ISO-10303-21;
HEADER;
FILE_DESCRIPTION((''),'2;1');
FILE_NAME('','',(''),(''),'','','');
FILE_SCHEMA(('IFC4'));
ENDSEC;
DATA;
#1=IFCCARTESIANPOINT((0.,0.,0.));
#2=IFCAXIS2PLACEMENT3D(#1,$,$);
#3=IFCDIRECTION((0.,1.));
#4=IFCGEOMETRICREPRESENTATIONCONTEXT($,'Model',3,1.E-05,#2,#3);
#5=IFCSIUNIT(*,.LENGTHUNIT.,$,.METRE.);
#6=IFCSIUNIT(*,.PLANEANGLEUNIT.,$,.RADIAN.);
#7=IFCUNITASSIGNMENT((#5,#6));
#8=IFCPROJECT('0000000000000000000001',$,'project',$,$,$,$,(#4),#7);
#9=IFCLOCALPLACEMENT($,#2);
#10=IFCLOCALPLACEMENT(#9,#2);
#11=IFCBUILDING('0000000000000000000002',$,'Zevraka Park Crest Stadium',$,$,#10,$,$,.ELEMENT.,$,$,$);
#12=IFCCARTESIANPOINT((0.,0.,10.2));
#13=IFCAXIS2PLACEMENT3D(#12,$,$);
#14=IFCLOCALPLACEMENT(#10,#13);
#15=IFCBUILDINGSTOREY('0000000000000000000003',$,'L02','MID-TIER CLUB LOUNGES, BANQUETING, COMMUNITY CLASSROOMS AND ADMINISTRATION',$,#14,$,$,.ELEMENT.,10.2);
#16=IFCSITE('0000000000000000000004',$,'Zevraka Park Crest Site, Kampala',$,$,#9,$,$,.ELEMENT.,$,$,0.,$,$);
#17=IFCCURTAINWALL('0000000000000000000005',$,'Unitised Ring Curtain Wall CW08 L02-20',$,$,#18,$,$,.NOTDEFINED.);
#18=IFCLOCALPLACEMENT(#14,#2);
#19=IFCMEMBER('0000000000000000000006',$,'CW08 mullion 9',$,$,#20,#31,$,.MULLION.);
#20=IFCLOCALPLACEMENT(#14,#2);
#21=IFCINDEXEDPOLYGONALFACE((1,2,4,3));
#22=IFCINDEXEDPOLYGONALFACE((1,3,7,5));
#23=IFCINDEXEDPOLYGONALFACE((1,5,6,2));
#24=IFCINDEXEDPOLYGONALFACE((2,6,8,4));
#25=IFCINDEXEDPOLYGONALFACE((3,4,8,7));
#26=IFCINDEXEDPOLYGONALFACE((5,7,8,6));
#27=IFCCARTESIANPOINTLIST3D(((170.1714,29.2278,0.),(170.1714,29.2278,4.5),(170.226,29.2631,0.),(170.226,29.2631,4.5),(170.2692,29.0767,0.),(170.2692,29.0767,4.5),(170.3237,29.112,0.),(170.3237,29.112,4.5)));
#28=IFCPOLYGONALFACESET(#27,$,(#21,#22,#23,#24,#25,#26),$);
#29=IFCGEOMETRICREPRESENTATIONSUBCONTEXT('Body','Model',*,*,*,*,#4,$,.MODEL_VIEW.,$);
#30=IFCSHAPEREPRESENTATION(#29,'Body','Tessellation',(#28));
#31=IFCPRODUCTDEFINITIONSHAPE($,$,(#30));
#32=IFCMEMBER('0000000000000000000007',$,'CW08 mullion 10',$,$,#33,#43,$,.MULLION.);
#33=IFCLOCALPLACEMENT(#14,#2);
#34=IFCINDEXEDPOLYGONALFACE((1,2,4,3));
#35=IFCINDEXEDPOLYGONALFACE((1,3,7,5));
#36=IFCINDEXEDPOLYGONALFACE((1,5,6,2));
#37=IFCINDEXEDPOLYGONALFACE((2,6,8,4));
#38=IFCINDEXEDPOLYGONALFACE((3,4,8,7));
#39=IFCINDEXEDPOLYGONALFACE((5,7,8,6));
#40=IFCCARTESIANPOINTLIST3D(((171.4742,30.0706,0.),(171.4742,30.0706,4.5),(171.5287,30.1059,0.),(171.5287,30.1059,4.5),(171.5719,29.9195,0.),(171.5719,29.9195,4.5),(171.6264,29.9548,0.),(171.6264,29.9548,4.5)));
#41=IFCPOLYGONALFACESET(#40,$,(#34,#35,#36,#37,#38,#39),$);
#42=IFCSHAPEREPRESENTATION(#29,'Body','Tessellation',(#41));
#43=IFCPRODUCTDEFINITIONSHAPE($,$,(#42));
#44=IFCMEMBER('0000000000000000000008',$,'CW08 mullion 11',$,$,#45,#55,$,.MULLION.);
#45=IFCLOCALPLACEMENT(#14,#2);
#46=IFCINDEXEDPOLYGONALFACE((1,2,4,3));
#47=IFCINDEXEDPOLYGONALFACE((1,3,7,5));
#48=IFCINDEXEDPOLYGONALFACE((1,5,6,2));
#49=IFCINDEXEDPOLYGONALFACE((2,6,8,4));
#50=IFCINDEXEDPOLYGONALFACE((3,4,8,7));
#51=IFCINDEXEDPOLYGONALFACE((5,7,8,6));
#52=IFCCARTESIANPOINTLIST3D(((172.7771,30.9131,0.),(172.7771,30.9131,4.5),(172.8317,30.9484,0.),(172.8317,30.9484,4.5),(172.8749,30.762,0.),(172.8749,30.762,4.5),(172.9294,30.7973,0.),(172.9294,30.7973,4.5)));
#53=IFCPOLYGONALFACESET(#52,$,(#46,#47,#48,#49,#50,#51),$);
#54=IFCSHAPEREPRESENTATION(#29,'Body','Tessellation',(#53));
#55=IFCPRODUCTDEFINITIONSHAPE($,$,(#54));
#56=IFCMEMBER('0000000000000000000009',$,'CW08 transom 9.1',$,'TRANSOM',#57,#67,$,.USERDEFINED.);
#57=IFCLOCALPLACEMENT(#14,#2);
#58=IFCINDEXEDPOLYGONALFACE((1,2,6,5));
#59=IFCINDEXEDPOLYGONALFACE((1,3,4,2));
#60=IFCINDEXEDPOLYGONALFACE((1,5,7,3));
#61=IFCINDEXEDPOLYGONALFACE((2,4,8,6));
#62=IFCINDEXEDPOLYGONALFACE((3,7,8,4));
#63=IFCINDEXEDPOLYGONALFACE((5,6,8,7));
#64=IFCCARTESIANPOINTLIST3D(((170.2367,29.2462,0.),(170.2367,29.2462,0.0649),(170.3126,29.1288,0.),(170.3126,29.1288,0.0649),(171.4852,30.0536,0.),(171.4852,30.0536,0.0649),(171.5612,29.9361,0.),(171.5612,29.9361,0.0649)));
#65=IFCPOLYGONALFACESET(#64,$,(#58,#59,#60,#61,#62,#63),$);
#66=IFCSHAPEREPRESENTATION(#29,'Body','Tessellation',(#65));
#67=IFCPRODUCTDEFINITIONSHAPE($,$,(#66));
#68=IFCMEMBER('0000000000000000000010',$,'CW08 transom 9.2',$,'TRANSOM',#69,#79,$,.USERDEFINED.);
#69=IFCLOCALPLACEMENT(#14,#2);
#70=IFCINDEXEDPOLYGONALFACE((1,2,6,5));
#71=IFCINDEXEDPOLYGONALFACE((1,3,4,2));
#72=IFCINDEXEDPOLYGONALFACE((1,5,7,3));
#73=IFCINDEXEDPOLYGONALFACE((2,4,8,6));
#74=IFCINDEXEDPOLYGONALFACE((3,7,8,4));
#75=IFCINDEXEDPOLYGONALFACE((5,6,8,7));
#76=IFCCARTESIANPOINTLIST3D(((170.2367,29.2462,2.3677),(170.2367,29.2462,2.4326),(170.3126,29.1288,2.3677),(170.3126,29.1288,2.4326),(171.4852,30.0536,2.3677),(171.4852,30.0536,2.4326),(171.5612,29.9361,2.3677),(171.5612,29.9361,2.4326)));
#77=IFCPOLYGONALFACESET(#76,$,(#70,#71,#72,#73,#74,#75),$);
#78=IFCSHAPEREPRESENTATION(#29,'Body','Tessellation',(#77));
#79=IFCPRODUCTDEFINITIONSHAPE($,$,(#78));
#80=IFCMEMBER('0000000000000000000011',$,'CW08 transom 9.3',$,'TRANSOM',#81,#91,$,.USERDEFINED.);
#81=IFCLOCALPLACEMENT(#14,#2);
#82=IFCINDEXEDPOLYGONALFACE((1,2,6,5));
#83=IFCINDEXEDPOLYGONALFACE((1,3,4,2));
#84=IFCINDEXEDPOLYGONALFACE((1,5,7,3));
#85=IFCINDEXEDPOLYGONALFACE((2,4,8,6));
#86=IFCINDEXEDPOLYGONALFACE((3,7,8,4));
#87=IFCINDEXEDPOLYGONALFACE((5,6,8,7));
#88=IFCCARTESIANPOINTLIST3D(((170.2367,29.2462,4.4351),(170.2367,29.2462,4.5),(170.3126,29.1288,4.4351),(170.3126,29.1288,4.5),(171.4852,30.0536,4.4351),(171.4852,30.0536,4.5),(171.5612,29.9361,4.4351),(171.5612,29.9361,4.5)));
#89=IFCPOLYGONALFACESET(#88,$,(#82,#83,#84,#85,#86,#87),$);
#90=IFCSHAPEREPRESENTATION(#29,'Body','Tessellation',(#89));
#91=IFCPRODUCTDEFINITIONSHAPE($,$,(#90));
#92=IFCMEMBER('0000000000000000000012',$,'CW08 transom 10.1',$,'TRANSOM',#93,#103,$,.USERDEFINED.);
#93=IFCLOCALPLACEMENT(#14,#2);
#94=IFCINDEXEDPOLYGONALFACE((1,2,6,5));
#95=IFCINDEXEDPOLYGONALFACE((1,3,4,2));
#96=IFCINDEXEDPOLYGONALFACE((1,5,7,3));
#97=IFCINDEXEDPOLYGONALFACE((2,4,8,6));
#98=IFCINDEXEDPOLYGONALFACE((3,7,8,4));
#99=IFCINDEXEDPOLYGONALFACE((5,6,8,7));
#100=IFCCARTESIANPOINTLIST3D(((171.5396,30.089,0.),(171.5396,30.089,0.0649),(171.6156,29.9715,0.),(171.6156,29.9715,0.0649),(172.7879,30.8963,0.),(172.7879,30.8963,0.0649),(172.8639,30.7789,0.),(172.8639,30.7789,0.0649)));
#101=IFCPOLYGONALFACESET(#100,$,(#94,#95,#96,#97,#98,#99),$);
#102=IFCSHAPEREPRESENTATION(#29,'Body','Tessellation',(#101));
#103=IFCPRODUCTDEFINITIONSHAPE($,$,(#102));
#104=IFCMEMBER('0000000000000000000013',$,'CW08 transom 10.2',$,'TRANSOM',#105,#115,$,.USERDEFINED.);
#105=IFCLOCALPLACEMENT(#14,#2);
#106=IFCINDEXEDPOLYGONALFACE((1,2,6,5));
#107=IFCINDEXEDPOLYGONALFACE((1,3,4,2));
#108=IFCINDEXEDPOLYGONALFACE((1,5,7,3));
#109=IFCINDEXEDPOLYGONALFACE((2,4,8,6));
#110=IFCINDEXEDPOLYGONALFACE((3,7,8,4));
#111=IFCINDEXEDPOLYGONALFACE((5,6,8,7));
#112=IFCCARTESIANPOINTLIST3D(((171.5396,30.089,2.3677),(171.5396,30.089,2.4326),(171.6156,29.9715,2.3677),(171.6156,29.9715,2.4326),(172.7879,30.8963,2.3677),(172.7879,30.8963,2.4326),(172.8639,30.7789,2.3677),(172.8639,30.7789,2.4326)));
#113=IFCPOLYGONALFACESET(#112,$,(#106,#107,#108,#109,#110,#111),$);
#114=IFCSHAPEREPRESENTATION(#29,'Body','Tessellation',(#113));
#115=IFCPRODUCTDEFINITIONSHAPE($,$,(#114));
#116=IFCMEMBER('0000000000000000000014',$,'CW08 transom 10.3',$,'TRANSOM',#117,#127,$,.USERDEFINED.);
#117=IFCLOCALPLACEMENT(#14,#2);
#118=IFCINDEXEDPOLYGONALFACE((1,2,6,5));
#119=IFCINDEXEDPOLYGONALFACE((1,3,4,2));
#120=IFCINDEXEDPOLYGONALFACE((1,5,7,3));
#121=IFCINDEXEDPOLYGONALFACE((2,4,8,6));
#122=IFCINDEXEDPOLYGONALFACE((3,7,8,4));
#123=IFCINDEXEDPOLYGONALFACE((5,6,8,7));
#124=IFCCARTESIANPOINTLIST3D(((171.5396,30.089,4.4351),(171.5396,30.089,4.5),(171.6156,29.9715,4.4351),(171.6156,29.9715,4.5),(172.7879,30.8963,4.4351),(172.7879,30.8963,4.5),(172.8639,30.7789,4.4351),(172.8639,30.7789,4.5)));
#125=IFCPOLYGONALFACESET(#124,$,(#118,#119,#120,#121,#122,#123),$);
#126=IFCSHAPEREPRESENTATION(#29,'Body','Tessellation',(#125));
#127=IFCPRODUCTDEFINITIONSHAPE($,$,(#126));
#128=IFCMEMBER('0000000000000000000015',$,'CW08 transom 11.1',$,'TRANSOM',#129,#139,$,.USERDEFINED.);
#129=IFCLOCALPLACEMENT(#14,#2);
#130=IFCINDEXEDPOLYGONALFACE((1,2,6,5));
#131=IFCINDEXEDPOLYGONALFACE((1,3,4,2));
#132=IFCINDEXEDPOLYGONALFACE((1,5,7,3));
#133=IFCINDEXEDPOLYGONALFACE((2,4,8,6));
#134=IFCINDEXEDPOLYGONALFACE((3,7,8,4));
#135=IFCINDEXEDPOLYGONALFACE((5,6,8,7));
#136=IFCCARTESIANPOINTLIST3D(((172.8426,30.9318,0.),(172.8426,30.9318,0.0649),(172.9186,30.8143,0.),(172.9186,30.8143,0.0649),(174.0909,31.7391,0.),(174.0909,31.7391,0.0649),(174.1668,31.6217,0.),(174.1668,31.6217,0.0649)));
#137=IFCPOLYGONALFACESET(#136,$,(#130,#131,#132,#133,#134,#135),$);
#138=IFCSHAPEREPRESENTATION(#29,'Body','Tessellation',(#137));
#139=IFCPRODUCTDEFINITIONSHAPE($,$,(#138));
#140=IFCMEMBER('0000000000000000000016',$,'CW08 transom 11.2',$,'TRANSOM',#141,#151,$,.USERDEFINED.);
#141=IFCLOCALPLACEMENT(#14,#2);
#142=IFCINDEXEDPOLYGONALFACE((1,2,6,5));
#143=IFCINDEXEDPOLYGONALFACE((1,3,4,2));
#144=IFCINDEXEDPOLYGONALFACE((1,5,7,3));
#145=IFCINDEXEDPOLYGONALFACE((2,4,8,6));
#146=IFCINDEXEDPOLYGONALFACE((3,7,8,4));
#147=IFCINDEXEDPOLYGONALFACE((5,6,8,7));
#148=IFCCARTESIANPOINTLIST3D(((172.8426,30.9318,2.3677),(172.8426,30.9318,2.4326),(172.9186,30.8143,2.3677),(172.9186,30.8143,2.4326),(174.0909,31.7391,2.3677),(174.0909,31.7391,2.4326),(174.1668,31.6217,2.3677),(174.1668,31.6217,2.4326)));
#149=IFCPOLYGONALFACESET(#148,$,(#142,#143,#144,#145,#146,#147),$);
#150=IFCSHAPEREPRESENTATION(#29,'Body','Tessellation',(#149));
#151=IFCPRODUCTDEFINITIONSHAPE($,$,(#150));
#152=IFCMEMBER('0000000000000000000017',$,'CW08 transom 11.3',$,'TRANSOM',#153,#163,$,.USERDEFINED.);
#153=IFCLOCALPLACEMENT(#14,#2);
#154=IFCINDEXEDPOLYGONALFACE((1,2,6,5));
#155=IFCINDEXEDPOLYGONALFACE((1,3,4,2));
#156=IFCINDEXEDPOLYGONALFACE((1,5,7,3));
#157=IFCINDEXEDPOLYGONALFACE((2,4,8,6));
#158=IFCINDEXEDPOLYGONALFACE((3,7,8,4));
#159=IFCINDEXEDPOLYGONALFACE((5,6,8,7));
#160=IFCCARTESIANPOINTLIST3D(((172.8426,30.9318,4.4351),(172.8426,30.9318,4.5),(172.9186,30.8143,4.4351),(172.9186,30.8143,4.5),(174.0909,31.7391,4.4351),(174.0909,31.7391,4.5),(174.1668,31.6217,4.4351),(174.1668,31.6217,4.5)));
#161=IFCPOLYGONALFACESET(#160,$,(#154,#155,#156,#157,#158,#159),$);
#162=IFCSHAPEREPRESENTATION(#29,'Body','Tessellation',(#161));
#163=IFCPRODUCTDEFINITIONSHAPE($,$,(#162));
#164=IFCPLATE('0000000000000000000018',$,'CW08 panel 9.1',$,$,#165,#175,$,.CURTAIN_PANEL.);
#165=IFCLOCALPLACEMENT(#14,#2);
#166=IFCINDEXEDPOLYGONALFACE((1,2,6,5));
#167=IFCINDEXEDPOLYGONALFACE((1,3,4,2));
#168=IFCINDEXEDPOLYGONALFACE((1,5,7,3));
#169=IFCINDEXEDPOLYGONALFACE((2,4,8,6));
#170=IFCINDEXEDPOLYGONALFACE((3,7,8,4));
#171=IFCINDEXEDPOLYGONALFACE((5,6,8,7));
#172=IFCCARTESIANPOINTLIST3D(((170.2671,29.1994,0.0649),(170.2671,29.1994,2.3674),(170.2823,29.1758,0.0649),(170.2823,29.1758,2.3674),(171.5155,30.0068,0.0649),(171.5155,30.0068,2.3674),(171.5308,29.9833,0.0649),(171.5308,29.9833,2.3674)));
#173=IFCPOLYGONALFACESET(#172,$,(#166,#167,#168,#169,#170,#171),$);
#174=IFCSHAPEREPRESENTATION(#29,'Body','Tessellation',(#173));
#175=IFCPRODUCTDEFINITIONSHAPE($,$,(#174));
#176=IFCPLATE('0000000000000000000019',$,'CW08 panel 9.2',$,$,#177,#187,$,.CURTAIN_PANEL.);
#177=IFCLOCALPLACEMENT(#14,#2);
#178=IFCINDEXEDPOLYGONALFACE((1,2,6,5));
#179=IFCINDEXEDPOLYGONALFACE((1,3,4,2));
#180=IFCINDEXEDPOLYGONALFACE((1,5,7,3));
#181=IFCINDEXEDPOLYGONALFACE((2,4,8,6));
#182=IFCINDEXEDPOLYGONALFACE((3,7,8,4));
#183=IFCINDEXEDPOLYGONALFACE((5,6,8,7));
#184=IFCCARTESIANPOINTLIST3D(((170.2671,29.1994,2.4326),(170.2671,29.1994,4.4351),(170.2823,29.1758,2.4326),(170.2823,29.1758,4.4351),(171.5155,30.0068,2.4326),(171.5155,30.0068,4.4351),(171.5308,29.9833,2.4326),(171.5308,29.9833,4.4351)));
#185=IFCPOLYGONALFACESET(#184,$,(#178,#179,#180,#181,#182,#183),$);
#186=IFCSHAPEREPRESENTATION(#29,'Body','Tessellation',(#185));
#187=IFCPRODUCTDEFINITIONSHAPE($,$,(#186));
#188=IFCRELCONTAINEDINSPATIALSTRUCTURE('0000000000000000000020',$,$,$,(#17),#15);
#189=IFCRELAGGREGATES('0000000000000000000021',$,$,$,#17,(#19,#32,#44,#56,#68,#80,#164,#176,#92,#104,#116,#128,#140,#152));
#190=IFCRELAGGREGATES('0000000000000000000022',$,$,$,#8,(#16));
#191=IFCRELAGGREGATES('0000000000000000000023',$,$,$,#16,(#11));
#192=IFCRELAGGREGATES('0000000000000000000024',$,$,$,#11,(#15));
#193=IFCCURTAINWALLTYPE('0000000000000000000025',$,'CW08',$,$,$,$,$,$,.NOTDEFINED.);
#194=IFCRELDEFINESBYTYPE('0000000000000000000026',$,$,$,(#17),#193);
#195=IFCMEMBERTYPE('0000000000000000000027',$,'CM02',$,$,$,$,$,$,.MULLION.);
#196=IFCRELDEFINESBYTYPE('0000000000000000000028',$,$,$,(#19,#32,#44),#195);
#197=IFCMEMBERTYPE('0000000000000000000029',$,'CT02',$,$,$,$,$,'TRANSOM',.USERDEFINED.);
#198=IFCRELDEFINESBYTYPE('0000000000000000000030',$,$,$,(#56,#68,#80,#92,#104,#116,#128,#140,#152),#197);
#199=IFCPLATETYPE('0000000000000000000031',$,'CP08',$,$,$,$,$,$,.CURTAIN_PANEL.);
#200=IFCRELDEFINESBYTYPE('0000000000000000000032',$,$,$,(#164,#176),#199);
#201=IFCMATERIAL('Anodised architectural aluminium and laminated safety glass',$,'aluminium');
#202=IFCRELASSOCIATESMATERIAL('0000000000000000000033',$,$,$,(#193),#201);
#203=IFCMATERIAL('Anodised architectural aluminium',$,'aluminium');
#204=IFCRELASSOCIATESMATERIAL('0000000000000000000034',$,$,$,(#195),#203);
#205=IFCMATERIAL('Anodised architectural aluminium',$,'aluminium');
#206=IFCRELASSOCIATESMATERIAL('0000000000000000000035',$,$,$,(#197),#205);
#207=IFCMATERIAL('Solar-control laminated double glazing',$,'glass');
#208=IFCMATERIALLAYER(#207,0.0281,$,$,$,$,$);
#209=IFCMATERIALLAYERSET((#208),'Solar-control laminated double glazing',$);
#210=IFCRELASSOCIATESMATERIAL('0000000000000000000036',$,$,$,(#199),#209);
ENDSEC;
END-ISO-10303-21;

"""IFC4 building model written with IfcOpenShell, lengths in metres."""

from ifc_helpers import new_model, si_unit, direction, frame, origin, origin_2d, place, context, subcontext, project, spatial, rectangle, extrude, material, layer, layer_set, material_profile, profile_set, type_object, element, aggregate, save


model = new_model("IFC4")

# Units and contexts
model_context = context("Model", 3, precision=1e-05, world=origin(), true_north=direction((0.0, 1.0)))
body_context = subcontext(model_context, "Body", "Model", "MODEL_VIEW")
ifc_project = project(units=[si_unit("LENGTHUNIT", "METRE"), si_unit("PLANEANGLEUNIT", "RADIAN")], contexts=[model_context])

# Site, building, storey
site_placement = place(None, origin())
site = spatial("IfcSite", under=ifc_project, at=site_placement, Name="Zevraka Park Crest Site, Kampala", CompositionType="ELEMENT", RefElevation=0.0)
building_placement = place(site_placement, origin())
building = spatial("IfcBuilding", under=site, at=building_placement, Name="Zevraka Park Crest Stadium", CompositionType="ELEMENT")
storey_placement = place(building_placement, frame((0.0, 0.0, 10.2)))
storey = spatial("IfcBuildingStorey", under=building, at=storey_placement, Name="L02", Description="MID-TIER CLUB LOUNGES, BANQUETING, COMMUNITY CLASSROOMS AND ADMINISTRATION", CompositionType="ELEMENT", Elevation=10.2)

# Curtain wall, members, plates
ifc_material_1 = material(Name="Anodised architectural aluminium and laminated safety glass", Category="aluminium")
curtain_wall_type = type_object("IfcCurtainWallType", Name="CW08", PredefinedType="NOTDEFINED", material=ifc_material_1)
curtain_wall_placement = place(storey_placement, origin())
curtain_wall = element("IfcCurtainWall", 1, at=curtain_wall_placement, inside=storey, type_object=curtain_wall_type, Name="Unitised Ring Curtain Wall CW08 L02-20", PredefinedType="NOTDEFINED")
ifc_material_2 = material(Name="Anodised architectural aluminium", Category="aluminium")
ifc_material_profile_1 = material_profile(ifc_material_2, rectangle(XDim=0.1799, YDim=0.0649, at=origin_2d()), Name="ALU MULLION 180x65")
ifc_profile_set_1 = profile_set([ifc_material_profile_1], Name="Anodised architectural aluminium")
member_type_1 = type_object("IfcMemberType", Name="CM02", PredefinedType="MULLION", material=ifc_profile_set_1)
member_1_placement = place(storey_placement, frame((170.2476, 29.1699, 0.0), z_axis=(0.0, 0.0, 1.0), x_axis=(-0.543096, 0.83967, 0.0)))
member_1 = element("IfcMember", 2, at=member_1_placement, type_object=member_type_1, Name="CW08 mullion 9", PredefinedType="MULLION", context=body_context, shape_type="SweptSolid", body=[
    extrude(rectangle(XDim=0.1799, YDim=0.0649, at=origin_2d()), origin(), (0.0, 0.0, 1.0), 4.5),
])
member_2_placement = place(storey_placement, frame((171.5503, 30.0127, 0.0), z_axis=(0.0, 0.0, 1.0), x_axis=(-0.543096, 0.83967, 0.0)))
member_2 = element("IfcMember", 3, at=member_2_placement, type_object=member_type_1, Name="CW08 mullion 10", PredefinedType="MULLION", context=body_context, shape_type="SweptSolid", body=[
    extrude(rectangle(XDim=0.1799, YDim=0.0649, at=origin_2d()), origin(), (0.0, 0.0, 1.0), 4.5),
])
member_3_placement = place(storey_placement, frame((172.8533, 30.8552, 0.0), z_axis=(0.0, 0.0, 1.0), x_axis=(-0.543096, 0.83967, 0.0)))
member_3 = element("IfcMember", 4, at=member_3_placement, type_object=member_type_1, Name="CW08 mullion 11", PredefinedType="MULLION", context=body_context, shape_type="SweptSolid", body=[
    extrude(rectangle(XDim=0.1799, YDim=0.0649, at=origin_2d()), origin(), (0.0, 0.0, 1.0), 4.5),
])
ifc_material_3 = material(Name="Anodised architectural aluminium", Category="aluminium")
ifc_material_profile_2 = material_profile(ifc_material_3, rectangle(XDim=0.1399, YDim=0.0649, at=origin_2d()), Name="ALU TRANSOM 140x65")
ifc_profile_set_2 = profile_set([ifc_material_profile_2], Name="Anodised architectural aluminium")
member_type_2 = type_object("IfcMemberType", Name="CT02", ElementType="TRANSOM", PredefinedType="USERDEFINED", material=ifc_profile_set_2)
member_4_placement = place(storey_placement, frame((170.2747, 29.1875, 0.0325), z_axis=(0.839724, 0.543013, 0.0), x_axis=(-0.543013, 0.839724, 0.0)))
member_4 = element("IfcMember", 5, at=member_4_placement, type_object=member_type_2, Name="CW08 transom 9.1", ObjectType="TRANSOM", PredefinedType="USERDEFINED", context=body_context, shape_type="SweptSolid", body=[
    extrude(rectangle(XDim=0.1399, YDim=0.0649, at=origin_2d()), origin(), (0.0, 0.0, 1.0), 1.4868),
])
member_5_placement = place(storey_placement, frame((170.2747, 29.1875, 2.4001), z_axis=(0.839724, 0.543013, 0.0), x_axis=(-0.543013, 0.839724, 0.0)))
member_5 = element("IfcMember", 6, at=member_5_placement, type_object=member_type_2, Name="CW08 transom 9.2", ObjectType="TRANSOM", PredefinedType="USERDEFINED", context=body_context, shape_type="SweptSolid", body=[
    extrude(rectangle(XDim=0.1399, YDim=0.0649, at=origin_2d()), origin(), (0.0, 0.0, 1.0), 1.4868),
])
member_6_placement = place(storey_placement, frame((170.2747, 29.1875, 4.4675), z_axis=(0.839724, 0.543013, 0.0), x_axis=(-0.543013, 0.839724, 0.0)))
member_6 = element("IfcMember", 7, at=member_6_placement, type_object=member_type_2, Name="CW08 transom 9.3", ObjectType="TRANSOM", PredefinedType="USERDEFINED", context=body_context, shape_type="SweptSolid", body=[
    extrude(rectangle(XDim=0.1399, YDim=0.0649, at=origin_2d()), origin(), (0.0, 0.0, 1.0), 1.4868),
])
member_7_placement = place(storey_placement, frame((171.5776, 30.0303, 0.0325), z_axis=(0.839676, 0.543088, 0.0), x_axis=(-0.543088, 0.839676, 0.0)))
member_7 = element("IfcMember", 8, at=member_7_placement, type_object=member_type_2, Name="CW08 transom 10.1", ObjectType="TRANSOM", PredefinedType="USERDEFINED", context=body_context, shape_type="SweptSolid", body=[
    extrude(rectangle(XDim=0.1399, YDim=0.0649, at=origin_2d()), origin(), (0.0, 0.0, 1.0), 1.4866),
])
member_8_placement = place(storey_placement, frame((171.5776, 30.0303, 2.4001), z_axis=(0.839676, 0.543088, 0.0), x_axis=(-0.543088, 0.839676, 0.0)))
member_8 = element("IfcMember", 9, at=member_8_placement, type_object=member_type_2, Name="CW08 transom 10.2", ObjectType="TRANSOM", PredefinedType="USERDEFINED", context=body_context, shape_type="SweptSolid", body=[
    extrude(rectangle(XDim=0.1399, YDim=0.0649, at=origin_2d()), origin(), (0.0, 0.0, 1.0), 1.4866),
])
member_9_placement = place(storey_placement, frame((171.5776, 30.0303, 4.4675), z_axis=(0.839676, 0.543088, 0.0), x_axis=(-0.543088, 0.839676, 0.0)))
member_9 = element("IfcMember", 10, at=member_9_placement, type_object=member_type_2, Name="CW08 transom 10.3", ObjectType="TRANSOM", PredefinedType="USERDEFINED", context=body_context, shape_type="SweptSolid", body=[
    extrude(rectangle(XDim=0.1399, YDim=0.0649, at=origin_2d()), origin(), (0.0, 0.0, 1.0), 1.4866),
])
member_10_placement = place(storey_placement, frame((172.8806, 30.873, 0.0325), z_axis=(0.839676, 0.543088, 0.0), x_axis=(-0.543088, 0.839676, 0.0)))
member_10 = element("IfcMember", 11, at=member_10_placement, type_object=member_type_2, Name="CW08 transom 11.1", ObjectType="TRANSOM", PredefinedType="USERDEFINED", context=body_context, shape_type="SweptSolid", body=[
    extrude(rectangle(XDim=0.1399, YDim=0.0649, at=origin_2d()), origin(), (0.0, 0.0, 1.0), 1.4866),
])
member_11_placement = place(storey_placement, frame((172.8806, 30.873, 2.4001), z_axis=(0.839676, 0.543088, 0.0), x_axis=(-0.543088, 0.839676, 0.0)))
member_11 = element("IfcMember", 12, at=member_11_placement, type_object=member_type_2, Name="CW08 transom 11.2", ObjectType="TRANSOM", PredefinedType="USERDEFINED", context=body_context, shape_type="SweptSolid", body=[
    extrude(rectangle(XDim=0.1399, YDim=0.0649, at=origin_2d()), origin(), (0.0, 0.0, 1.0), 1.4866),
])
member_12_placement = place(storey_placement, frame((172.8806, 30.873, 4.4675), z_axis=(0.839676, 0.543088, 0.0), x_axis=(-0.543088, 0.839676, 0.0)))
member_12 = element("IfcMember", 13, at=member_12_placement, type_object=member_type_2, Name="CW08 transom 11.3", ObjectType="TRANSOM", PredefinedType="USERDEFINED", context=body_context, shape_type="SweptSolid", body=[
    extrude(rectangle(XDim=0.1399, YDim=0.0649, at=origin_2d()), origin(), (0.0, 0.0, 1.0), 1.4866),
])
ifc_material_4 = material(Name="Solar-control laminated double glazing", Category="glass")
ifc_layer_1 = layer(ifc_material_4, 0.0281)
ifc_layer_set_1 = layer_set([ifc_layer_1], Name="Solar-control laminated double glazing")
plate_type = type_object("IfcPlateType", Name="CP08", PredefinedType="CURTAIN_PANEL", material=ifc_layer_set_1)
plate_1_placement = place(storey_placement, frame((170.8989, 29.5913, 0.0649), z_axis=(0.0, 0.0, 1.0), x_axis=(0.83967, 0.543096, 0.0)))
plate_1 = element("IfcPlate", 14, at=plate_1_placement, type_object=plate_type, Name="CW08 panel 9.1", PredefinedType="CURTAIN_PANEL", context=body_context, shape_type="SweptSolid", body=[
    extrude(rectangle(XDim=1.4868, YDim=0.0281, at=origin_2d()), origin(), (0.0, 0.0, 1.0), 2.3025),
])
plate_2_placement = place(storey_placement, frame((170.8989, 29.5913, 2.4326), z_axis=(0.0, 0.0, 1.0), x_axis=(0.83967, 0.543096, 0.0)))
plate_2 = element("IfcPlate", 15, at=plate_2_placement, type_object=plate_type, Name="CW08 panel 9.2", PredefinedType="CURTAIN_PANEL", context=body_context, shape_type="SweptSolid", body=[
    extrude(rectangle(XDim=1.4868, YDim=0.0281, at=origin_2d()), origin(), (0.0, 0.0, 1.0), 2.0024),
])
aggregate(curtain_wall, [member_1, member_2, member_3, member_4, member_5, member_6, plate_1, plate_2, member_7, member_8, member_9, member_10, member_11, member_12])

save(model, "model.ifc")
